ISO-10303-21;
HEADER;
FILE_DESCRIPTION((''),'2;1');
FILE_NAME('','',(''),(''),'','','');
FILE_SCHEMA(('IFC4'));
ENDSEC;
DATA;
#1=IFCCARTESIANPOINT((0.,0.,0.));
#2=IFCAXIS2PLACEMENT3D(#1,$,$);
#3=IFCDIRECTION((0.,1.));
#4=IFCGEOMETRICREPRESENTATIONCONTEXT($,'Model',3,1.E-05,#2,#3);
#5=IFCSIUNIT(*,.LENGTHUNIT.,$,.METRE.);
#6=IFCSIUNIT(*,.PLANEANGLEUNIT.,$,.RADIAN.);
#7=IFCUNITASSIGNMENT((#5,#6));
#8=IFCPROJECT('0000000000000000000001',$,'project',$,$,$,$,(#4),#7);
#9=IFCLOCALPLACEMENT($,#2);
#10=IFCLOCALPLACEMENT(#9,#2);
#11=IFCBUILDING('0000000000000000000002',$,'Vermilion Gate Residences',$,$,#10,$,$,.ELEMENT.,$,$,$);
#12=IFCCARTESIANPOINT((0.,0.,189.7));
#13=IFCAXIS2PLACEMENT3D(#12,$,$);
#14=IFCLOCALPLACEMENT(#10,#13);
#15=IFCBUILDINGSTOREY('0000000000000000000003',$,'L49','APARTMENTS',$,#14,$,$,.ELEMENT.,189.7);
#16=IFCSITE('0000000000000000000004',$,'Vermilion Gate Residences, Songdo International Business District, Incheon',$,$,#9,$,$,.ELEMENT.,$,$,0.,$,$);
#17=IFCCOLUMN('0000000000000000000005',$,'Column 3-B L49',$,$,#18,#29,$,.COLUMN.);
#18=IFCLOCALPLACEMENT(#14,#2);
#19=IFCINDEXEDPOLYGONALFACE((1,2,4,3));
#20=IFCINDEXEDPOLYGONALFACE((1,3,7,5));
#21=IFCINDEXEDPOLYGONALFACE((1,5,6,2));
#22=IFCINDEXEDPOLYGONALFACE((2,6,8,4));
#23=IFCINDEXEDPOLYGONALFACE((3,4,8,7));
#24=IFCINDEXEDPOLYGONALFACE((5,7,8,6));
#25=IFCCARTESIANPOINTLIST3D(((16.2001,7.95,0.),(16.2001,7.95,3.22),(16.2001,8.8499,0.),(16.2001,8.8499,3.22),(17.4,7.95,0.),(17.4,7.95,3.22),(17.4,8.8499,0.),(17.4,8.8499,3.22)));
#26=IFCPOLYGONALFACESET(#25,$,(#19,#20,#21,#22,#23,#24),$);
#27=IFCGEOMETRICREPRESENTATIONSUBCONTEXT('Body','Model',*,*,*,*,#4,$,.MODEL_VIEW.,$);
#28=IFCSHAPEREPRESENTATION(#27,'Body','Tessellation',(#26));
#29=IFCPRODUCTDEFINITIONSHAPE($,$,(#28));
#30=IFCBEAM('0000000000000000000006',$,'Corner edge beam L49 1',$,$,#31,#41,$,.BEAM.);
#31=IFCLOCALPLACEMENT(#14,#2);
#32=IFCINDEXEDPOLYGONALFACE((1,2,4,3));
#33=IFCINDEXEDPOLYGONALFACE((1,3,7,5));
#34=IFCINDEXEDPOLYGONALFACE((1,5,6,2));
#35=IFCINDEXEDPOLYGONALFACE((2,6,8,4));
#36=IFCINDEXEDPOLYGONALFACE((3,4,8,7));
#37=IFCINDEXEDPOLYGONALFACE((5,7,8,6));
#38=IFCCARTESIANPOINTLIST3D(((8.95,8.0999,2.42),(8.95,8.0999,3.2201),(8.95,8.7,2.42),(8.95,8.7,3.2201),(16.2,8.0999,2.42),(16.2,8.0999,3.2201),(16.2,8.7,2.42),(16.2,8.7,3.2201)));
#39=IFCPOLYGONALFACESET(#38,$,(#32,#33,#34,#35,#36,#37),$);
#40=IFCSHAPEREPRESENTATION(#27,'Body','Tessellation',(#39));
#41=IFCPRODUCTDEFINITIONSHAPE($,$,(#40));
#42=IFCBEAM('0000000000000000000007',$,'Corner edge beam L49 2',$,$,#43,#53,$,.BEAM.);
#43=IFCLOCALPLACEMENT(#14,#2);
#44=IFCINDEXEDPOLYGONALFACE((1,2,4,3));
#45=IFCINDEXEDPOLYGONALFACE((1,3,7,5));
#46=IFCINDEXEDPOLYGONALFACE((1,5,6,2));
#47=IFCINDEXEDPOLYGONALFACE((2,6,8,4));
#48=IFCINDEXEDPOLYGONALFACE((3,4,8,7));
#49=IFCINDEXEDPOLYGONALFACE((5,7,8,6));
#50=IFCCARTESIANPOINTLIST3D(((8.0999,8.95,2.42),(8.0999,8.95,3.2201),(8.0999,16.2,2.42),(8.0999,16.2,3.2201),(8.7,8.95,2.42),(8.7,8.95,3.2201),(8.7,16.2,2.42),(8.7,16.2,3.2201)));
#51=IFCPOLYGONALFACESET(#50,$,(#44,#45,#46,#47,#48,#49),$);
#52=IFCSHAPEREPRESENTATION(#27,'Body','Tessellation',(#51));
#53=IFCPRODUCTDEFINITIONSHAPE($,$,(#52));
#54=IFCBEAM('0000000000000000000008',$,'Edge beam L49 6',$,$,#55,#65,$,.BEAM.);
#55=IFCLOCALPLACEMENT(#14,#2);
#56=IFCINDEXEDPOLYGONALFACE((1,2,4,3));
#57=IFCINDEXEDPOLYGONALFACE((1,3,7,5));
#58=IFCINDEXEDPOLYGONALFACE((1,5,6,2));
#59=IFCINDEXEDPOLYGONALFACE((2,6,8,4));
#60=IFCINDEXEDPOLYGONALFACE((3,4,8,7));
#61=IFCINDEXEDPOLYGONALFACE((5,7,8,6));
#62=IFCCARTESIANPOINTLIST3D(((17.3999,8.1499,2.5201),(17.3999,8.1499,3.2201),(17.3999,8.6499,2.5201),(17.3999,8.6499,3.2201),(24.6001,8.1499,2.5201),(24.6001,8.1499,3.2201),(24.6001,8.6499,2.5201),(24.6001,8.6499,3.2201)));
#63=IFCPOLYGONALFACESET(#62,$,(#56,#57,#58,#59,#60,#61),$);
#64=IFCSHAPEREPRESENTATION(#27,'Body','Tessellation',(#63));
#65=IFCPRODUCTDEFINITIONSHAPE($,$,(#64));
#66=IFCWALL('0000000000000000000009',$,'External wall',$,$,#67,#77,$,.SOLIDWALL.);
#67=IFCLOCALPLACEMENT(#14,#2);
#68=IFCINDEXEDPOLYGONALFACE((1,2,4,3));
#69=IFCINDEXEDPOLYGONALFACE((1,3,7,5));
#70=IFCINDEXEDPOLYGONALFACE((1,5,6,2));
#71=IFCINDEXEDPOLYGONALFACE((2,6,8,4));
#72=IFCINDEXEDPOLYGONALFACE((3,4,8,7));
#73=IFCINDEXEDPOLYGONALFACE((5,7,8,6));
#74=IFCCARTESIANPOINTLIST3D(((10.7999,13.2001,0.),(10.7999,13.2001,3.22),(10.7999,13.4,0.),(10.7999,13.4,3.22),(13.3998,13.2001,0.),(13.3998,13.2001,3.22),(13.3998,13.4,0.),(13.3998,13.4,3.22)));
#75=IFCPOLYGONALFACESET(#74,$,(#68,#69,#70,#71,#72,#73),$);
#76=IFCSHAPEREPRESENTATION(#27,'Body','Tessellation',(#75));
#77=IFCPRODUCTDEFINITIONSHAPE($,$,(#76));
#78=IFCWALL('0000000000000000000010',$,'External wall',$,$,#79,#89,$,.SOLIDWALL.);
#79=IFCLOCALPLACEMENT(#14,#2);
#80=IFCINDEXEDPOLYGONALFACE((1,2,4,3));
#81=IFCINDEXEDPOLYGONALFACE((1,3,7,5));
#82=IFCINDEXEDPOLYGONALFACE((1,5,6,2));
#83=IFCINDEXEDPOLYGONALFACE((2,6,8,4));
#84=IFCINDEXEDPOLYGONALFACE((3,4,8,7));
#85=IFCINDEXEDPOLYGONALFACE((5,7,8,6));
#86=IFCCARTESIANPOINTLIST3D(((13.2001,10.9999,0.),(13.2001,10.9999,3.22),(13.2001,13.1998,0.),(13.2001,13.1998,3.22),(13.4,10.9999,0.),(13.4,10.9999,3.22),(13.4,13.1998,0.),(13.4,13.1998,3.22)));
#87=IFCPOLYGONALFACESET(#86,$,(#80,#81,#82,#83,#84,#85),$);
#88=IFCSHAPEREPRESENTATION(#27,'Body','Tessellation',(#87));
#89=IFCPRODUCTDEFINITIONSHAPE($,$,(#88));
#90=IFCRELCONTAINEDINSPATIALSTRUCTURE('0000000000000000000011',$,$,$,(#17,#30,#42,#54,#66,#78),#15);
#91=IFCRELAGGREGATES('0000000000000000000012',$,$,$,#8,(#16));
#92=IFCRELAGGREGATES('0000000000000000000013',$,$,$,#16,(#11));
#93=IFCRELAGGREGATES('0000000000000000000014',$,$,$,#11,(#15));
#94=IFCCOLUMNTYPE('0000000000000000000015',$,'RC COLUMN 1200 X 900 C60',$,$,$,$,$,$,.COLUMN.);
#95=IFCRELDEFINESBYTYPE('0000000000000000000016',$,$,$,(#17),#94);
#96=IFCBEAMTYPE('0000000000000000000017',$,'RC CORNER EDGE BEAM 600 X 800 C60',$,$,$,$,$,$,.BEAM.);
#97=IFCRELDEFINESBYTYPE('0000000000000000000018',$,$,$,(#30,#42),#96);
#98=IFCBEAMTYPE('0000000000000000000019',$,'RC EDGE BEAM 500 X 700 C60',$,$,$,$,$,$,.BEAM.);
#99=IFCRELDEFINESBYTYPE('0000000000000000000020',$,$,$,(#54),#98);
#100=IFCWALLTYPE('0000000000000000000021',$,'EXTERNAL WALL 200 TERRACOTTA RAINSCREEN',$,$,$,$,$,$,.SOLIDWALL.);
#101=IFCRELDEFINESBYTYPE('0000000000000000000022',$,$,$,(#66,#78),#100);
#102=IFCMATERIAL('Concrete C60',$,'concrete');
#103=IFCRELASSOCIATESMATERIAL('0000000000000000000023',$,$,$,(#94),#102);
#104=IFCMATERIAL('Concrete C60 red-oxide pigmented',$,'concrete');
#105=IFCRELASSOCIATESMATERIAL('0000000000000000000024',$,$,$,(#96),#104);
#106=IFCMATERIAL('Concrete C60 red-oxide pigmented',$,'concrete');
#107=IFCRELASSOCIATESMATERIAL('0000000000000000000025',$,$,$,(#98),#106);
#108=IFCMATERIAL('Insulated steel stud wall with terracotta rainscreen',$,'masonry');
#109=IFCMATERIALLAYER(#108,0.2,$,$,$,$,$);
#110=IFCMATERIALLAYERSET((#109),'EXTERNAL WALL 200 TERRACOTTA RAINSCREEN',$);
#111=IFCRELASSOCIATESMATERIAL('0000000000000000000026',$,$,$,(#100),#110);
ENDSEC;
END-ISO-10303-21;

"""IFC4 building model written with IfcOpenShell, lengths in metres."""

from ifc_helpers import new_model, si_unit, direction, frame, frame_2d, origin, origin_2d, place, context, subcontext, project, spatial, rectangle, extrude, material, layer, layer_set, material_profile, profile_set, type_object, element, save


model = new_model("IFC4")

# Units and contexts
model_context = context("Model", 3, precision=1e-05, world=origin(), true_north=direction((0.0, 1.0)))
body_context = subcontext(model_context, "Body", "Model", "MODEL_VIEW")
ifc_project = project(units=[si_unit("LENGTHUNIT", "METRE"), si_unit("PLANEANGLEUNIT", "RADIAN")], contexts=[model_context])

# Site, building, storey
site_placement = place(None, origin())
site = spatial("IfcSite", under=ifc_project, at=site_placement, Name="Vermilion Gate Residences, Songdo International Business District, Incheon", CompositionType="ELEMENT", RefElevation=0.0)
building_placement = place(site_placement, origin())
building = spatial("IfcBuilding", under=site, at=building_placement, Name="Vermilion Gate Residences", CompositionType="ELEMENT")
storey_placement = place(building_placement, frame((0.0, 0.0, 189.7)))
storey = spatial("IfcBuildingStorey", under=building, at=storey_placement, Name="L49", Description="APARTMENTS", CompositionType="ELEMENT", Elevation=189.7)

# Column
ifc_material_1 = material(Name="Concrete C60", Category="concrete")
ifc_material_profile_1 = material_profile(ifc_material_1, rectangle(XDim=1.2, YDim=0.8999, at=origin_2d()), Name="RC-1200x900")
ifc_profile_set_1 = profile_set([ifc_material_profile_1], Name="Concrete C60")
column_type = type_object("IfcColumnType", Name="RC COLUMN 1200 X 900 C60", PredefinedType="COLUMN", material=ifc_profile_set_1)
column_placement = place(storey_placement, frame((16.8, 8.3999, 0.0), z_axis=(0.0, 0.0, 1.0), x_axis=(1.0, 0.0, 0.0)))
element("IfcColumn", 1, at=column_placement, inside=storey, type_object=column_type, Name="Column 3-B L49", PredefinedType="COLUMN", context=body_context, shape_type="SweptSolid", body=[
    extrude(rectangle(XDim=1.2, YDim=0.8999, at=origin_2d()), origin(), (0.0, 0.0, 1.0), 3.22),
])

# Beams
ifc_material_2 = material(Name="Concrete C60 red-oxide pigmented", Category="concrete")
ifc_material_profile_2 = material_profile(ifc_material_2, rectangle(XDim=0.6001, YDim=0.8, at=origin_2d()), Name="RC-600x800")
ifc_profile_set_2 = profile_set([ifc_material_profile_2], Name="Concrete C60 red-oxide pigmented")
beam_type_1 = type_object("IfcBeamType", Name="RC CORNER EDGE BEAM 600 X 800 C60", PredefinedType="BEAM", material=ifc_profile_set_2)
for number, where, z_axis, x_axis, name in (
    (2, (8.95, 8.3999, 2.8201), (1.0, 0.0, 0.0), (0.0, 1.0, 0.0), "Corner edge beam L49 1"),
    (3, (8.3999, 8.95, 2.8201), (0.0, 1.0, 0.0), (-1.0, 0.0, 0.0), "Corner edge beam L49 2"),
):
    element("IfcBeam", number, at=place(storey_placement, frame(where, z_axis=z_axis, x_axis=x_axis)), inside=storey, type_object=beam_type_1, Name=name, PredefinedType="BEAM", context=body_context, shape_type="SweptSolid", body=[
        extrude(rectangle(XDim=0.6001, YDim=0.8, at=origin_2d()), origin(), (0.0, 0.0, 1.0), 7.25),
    ])
ifc_material_3 = material(Name="Concrete C60 red-oxide pigmented", Category="concrete")
ifc_material_profile_3 = material_profile(ifc_material_3, rectangle(XDim=0.5, YDim=0.7, at=origin_2d()), Name="RC-500x700")
ifc_profile_set_3 = profile_set([ifc_material_profile_3], Name="Concrete C60 red-oxide pigmented")
beam_type_2 = type_object("IfcBeamType", Name="RC EDGE BEAM 500 X 700 C60", PredefinedType="BEAM", material=ifc_profile_set_3)
beam_placement = place(storey_placement, frame((17.3999, 8.3999, 2.8701), z_axis=(1.0, 0.0, 0.0), x_axis=(0.0, 1.0, 0.0)))
element("IfcBeam", 4, at=beam_placement, inside=storey, type_object=beam_type_2, Name="Edge beam L49 6", PredefinedType="BEAM", context=body_context, shape_type="SweptSolid", body=[
    extrude(rectangle(XDim=0.5, YDim=0.7, at=origin_2d()), origin(), (0.0, 0.0, 1.0), 7.2002),
])

# Walls
ifc_material_4 = material(Name="Insulated steel stud wall with terracotta rainscreen", Category="masonry")
ifc_layer_1 = layer(ifc_material_4, 0.2)
ifc_layer_set_1 = layer_set([ifc_layer_1], Name="EXTERNAL WALL 200 TERRACOTTA RAINSCREEN")
wall_type_1 = type_object("IfcWallType", Name="EXTERNAL WALL 200 TERRACOTTA RAINSCREEN", PredefinedType="SOLIDWALL", material=ifc_layer_set_1)
wall_1_placement = place(storey_placement, frame((10.8, 13.3, 0.0), z_axis=(0.0, 0.0, 1.0), x_axis=(1.0, 0.0, 0.0)))
element("IfcWall", 5, at=wall_1_placement, inside=storey, type_object=wall_type_1, Name="External wall", PredefinedType="SOLIDWALL", context=body_context, shape_type="SweptSolid", body=[
    extrude(rectangle(XDim=2.5999, YDim=0.2, at=frame_2d((1.2998, 0.0))), origin(), (0.0, 0.0, 1.0), 3.22),
])
wall_2_placement = place(storey_placement, frame((13.3, 13.2, 0.0), z_axis=(0.0, 0.0, 1.0), x_axis=(0.0, -1.0, 0.0)))
element("IfcWall", 6, at=wall_2_placement, inside=storey, type_object=wall_type_1, Name="External wall", PredefinedType="SOLIDWALL", context=body_context, shape_type="SweptSolid", body=[
    extrude(rectangle(XDim=2.2, YDim=0.2, at=frame_2d((1.1001, 0.0))), origin(), (0.0, 0.0, 1.0), 3.22),
])

save(model, "model.ifc")
